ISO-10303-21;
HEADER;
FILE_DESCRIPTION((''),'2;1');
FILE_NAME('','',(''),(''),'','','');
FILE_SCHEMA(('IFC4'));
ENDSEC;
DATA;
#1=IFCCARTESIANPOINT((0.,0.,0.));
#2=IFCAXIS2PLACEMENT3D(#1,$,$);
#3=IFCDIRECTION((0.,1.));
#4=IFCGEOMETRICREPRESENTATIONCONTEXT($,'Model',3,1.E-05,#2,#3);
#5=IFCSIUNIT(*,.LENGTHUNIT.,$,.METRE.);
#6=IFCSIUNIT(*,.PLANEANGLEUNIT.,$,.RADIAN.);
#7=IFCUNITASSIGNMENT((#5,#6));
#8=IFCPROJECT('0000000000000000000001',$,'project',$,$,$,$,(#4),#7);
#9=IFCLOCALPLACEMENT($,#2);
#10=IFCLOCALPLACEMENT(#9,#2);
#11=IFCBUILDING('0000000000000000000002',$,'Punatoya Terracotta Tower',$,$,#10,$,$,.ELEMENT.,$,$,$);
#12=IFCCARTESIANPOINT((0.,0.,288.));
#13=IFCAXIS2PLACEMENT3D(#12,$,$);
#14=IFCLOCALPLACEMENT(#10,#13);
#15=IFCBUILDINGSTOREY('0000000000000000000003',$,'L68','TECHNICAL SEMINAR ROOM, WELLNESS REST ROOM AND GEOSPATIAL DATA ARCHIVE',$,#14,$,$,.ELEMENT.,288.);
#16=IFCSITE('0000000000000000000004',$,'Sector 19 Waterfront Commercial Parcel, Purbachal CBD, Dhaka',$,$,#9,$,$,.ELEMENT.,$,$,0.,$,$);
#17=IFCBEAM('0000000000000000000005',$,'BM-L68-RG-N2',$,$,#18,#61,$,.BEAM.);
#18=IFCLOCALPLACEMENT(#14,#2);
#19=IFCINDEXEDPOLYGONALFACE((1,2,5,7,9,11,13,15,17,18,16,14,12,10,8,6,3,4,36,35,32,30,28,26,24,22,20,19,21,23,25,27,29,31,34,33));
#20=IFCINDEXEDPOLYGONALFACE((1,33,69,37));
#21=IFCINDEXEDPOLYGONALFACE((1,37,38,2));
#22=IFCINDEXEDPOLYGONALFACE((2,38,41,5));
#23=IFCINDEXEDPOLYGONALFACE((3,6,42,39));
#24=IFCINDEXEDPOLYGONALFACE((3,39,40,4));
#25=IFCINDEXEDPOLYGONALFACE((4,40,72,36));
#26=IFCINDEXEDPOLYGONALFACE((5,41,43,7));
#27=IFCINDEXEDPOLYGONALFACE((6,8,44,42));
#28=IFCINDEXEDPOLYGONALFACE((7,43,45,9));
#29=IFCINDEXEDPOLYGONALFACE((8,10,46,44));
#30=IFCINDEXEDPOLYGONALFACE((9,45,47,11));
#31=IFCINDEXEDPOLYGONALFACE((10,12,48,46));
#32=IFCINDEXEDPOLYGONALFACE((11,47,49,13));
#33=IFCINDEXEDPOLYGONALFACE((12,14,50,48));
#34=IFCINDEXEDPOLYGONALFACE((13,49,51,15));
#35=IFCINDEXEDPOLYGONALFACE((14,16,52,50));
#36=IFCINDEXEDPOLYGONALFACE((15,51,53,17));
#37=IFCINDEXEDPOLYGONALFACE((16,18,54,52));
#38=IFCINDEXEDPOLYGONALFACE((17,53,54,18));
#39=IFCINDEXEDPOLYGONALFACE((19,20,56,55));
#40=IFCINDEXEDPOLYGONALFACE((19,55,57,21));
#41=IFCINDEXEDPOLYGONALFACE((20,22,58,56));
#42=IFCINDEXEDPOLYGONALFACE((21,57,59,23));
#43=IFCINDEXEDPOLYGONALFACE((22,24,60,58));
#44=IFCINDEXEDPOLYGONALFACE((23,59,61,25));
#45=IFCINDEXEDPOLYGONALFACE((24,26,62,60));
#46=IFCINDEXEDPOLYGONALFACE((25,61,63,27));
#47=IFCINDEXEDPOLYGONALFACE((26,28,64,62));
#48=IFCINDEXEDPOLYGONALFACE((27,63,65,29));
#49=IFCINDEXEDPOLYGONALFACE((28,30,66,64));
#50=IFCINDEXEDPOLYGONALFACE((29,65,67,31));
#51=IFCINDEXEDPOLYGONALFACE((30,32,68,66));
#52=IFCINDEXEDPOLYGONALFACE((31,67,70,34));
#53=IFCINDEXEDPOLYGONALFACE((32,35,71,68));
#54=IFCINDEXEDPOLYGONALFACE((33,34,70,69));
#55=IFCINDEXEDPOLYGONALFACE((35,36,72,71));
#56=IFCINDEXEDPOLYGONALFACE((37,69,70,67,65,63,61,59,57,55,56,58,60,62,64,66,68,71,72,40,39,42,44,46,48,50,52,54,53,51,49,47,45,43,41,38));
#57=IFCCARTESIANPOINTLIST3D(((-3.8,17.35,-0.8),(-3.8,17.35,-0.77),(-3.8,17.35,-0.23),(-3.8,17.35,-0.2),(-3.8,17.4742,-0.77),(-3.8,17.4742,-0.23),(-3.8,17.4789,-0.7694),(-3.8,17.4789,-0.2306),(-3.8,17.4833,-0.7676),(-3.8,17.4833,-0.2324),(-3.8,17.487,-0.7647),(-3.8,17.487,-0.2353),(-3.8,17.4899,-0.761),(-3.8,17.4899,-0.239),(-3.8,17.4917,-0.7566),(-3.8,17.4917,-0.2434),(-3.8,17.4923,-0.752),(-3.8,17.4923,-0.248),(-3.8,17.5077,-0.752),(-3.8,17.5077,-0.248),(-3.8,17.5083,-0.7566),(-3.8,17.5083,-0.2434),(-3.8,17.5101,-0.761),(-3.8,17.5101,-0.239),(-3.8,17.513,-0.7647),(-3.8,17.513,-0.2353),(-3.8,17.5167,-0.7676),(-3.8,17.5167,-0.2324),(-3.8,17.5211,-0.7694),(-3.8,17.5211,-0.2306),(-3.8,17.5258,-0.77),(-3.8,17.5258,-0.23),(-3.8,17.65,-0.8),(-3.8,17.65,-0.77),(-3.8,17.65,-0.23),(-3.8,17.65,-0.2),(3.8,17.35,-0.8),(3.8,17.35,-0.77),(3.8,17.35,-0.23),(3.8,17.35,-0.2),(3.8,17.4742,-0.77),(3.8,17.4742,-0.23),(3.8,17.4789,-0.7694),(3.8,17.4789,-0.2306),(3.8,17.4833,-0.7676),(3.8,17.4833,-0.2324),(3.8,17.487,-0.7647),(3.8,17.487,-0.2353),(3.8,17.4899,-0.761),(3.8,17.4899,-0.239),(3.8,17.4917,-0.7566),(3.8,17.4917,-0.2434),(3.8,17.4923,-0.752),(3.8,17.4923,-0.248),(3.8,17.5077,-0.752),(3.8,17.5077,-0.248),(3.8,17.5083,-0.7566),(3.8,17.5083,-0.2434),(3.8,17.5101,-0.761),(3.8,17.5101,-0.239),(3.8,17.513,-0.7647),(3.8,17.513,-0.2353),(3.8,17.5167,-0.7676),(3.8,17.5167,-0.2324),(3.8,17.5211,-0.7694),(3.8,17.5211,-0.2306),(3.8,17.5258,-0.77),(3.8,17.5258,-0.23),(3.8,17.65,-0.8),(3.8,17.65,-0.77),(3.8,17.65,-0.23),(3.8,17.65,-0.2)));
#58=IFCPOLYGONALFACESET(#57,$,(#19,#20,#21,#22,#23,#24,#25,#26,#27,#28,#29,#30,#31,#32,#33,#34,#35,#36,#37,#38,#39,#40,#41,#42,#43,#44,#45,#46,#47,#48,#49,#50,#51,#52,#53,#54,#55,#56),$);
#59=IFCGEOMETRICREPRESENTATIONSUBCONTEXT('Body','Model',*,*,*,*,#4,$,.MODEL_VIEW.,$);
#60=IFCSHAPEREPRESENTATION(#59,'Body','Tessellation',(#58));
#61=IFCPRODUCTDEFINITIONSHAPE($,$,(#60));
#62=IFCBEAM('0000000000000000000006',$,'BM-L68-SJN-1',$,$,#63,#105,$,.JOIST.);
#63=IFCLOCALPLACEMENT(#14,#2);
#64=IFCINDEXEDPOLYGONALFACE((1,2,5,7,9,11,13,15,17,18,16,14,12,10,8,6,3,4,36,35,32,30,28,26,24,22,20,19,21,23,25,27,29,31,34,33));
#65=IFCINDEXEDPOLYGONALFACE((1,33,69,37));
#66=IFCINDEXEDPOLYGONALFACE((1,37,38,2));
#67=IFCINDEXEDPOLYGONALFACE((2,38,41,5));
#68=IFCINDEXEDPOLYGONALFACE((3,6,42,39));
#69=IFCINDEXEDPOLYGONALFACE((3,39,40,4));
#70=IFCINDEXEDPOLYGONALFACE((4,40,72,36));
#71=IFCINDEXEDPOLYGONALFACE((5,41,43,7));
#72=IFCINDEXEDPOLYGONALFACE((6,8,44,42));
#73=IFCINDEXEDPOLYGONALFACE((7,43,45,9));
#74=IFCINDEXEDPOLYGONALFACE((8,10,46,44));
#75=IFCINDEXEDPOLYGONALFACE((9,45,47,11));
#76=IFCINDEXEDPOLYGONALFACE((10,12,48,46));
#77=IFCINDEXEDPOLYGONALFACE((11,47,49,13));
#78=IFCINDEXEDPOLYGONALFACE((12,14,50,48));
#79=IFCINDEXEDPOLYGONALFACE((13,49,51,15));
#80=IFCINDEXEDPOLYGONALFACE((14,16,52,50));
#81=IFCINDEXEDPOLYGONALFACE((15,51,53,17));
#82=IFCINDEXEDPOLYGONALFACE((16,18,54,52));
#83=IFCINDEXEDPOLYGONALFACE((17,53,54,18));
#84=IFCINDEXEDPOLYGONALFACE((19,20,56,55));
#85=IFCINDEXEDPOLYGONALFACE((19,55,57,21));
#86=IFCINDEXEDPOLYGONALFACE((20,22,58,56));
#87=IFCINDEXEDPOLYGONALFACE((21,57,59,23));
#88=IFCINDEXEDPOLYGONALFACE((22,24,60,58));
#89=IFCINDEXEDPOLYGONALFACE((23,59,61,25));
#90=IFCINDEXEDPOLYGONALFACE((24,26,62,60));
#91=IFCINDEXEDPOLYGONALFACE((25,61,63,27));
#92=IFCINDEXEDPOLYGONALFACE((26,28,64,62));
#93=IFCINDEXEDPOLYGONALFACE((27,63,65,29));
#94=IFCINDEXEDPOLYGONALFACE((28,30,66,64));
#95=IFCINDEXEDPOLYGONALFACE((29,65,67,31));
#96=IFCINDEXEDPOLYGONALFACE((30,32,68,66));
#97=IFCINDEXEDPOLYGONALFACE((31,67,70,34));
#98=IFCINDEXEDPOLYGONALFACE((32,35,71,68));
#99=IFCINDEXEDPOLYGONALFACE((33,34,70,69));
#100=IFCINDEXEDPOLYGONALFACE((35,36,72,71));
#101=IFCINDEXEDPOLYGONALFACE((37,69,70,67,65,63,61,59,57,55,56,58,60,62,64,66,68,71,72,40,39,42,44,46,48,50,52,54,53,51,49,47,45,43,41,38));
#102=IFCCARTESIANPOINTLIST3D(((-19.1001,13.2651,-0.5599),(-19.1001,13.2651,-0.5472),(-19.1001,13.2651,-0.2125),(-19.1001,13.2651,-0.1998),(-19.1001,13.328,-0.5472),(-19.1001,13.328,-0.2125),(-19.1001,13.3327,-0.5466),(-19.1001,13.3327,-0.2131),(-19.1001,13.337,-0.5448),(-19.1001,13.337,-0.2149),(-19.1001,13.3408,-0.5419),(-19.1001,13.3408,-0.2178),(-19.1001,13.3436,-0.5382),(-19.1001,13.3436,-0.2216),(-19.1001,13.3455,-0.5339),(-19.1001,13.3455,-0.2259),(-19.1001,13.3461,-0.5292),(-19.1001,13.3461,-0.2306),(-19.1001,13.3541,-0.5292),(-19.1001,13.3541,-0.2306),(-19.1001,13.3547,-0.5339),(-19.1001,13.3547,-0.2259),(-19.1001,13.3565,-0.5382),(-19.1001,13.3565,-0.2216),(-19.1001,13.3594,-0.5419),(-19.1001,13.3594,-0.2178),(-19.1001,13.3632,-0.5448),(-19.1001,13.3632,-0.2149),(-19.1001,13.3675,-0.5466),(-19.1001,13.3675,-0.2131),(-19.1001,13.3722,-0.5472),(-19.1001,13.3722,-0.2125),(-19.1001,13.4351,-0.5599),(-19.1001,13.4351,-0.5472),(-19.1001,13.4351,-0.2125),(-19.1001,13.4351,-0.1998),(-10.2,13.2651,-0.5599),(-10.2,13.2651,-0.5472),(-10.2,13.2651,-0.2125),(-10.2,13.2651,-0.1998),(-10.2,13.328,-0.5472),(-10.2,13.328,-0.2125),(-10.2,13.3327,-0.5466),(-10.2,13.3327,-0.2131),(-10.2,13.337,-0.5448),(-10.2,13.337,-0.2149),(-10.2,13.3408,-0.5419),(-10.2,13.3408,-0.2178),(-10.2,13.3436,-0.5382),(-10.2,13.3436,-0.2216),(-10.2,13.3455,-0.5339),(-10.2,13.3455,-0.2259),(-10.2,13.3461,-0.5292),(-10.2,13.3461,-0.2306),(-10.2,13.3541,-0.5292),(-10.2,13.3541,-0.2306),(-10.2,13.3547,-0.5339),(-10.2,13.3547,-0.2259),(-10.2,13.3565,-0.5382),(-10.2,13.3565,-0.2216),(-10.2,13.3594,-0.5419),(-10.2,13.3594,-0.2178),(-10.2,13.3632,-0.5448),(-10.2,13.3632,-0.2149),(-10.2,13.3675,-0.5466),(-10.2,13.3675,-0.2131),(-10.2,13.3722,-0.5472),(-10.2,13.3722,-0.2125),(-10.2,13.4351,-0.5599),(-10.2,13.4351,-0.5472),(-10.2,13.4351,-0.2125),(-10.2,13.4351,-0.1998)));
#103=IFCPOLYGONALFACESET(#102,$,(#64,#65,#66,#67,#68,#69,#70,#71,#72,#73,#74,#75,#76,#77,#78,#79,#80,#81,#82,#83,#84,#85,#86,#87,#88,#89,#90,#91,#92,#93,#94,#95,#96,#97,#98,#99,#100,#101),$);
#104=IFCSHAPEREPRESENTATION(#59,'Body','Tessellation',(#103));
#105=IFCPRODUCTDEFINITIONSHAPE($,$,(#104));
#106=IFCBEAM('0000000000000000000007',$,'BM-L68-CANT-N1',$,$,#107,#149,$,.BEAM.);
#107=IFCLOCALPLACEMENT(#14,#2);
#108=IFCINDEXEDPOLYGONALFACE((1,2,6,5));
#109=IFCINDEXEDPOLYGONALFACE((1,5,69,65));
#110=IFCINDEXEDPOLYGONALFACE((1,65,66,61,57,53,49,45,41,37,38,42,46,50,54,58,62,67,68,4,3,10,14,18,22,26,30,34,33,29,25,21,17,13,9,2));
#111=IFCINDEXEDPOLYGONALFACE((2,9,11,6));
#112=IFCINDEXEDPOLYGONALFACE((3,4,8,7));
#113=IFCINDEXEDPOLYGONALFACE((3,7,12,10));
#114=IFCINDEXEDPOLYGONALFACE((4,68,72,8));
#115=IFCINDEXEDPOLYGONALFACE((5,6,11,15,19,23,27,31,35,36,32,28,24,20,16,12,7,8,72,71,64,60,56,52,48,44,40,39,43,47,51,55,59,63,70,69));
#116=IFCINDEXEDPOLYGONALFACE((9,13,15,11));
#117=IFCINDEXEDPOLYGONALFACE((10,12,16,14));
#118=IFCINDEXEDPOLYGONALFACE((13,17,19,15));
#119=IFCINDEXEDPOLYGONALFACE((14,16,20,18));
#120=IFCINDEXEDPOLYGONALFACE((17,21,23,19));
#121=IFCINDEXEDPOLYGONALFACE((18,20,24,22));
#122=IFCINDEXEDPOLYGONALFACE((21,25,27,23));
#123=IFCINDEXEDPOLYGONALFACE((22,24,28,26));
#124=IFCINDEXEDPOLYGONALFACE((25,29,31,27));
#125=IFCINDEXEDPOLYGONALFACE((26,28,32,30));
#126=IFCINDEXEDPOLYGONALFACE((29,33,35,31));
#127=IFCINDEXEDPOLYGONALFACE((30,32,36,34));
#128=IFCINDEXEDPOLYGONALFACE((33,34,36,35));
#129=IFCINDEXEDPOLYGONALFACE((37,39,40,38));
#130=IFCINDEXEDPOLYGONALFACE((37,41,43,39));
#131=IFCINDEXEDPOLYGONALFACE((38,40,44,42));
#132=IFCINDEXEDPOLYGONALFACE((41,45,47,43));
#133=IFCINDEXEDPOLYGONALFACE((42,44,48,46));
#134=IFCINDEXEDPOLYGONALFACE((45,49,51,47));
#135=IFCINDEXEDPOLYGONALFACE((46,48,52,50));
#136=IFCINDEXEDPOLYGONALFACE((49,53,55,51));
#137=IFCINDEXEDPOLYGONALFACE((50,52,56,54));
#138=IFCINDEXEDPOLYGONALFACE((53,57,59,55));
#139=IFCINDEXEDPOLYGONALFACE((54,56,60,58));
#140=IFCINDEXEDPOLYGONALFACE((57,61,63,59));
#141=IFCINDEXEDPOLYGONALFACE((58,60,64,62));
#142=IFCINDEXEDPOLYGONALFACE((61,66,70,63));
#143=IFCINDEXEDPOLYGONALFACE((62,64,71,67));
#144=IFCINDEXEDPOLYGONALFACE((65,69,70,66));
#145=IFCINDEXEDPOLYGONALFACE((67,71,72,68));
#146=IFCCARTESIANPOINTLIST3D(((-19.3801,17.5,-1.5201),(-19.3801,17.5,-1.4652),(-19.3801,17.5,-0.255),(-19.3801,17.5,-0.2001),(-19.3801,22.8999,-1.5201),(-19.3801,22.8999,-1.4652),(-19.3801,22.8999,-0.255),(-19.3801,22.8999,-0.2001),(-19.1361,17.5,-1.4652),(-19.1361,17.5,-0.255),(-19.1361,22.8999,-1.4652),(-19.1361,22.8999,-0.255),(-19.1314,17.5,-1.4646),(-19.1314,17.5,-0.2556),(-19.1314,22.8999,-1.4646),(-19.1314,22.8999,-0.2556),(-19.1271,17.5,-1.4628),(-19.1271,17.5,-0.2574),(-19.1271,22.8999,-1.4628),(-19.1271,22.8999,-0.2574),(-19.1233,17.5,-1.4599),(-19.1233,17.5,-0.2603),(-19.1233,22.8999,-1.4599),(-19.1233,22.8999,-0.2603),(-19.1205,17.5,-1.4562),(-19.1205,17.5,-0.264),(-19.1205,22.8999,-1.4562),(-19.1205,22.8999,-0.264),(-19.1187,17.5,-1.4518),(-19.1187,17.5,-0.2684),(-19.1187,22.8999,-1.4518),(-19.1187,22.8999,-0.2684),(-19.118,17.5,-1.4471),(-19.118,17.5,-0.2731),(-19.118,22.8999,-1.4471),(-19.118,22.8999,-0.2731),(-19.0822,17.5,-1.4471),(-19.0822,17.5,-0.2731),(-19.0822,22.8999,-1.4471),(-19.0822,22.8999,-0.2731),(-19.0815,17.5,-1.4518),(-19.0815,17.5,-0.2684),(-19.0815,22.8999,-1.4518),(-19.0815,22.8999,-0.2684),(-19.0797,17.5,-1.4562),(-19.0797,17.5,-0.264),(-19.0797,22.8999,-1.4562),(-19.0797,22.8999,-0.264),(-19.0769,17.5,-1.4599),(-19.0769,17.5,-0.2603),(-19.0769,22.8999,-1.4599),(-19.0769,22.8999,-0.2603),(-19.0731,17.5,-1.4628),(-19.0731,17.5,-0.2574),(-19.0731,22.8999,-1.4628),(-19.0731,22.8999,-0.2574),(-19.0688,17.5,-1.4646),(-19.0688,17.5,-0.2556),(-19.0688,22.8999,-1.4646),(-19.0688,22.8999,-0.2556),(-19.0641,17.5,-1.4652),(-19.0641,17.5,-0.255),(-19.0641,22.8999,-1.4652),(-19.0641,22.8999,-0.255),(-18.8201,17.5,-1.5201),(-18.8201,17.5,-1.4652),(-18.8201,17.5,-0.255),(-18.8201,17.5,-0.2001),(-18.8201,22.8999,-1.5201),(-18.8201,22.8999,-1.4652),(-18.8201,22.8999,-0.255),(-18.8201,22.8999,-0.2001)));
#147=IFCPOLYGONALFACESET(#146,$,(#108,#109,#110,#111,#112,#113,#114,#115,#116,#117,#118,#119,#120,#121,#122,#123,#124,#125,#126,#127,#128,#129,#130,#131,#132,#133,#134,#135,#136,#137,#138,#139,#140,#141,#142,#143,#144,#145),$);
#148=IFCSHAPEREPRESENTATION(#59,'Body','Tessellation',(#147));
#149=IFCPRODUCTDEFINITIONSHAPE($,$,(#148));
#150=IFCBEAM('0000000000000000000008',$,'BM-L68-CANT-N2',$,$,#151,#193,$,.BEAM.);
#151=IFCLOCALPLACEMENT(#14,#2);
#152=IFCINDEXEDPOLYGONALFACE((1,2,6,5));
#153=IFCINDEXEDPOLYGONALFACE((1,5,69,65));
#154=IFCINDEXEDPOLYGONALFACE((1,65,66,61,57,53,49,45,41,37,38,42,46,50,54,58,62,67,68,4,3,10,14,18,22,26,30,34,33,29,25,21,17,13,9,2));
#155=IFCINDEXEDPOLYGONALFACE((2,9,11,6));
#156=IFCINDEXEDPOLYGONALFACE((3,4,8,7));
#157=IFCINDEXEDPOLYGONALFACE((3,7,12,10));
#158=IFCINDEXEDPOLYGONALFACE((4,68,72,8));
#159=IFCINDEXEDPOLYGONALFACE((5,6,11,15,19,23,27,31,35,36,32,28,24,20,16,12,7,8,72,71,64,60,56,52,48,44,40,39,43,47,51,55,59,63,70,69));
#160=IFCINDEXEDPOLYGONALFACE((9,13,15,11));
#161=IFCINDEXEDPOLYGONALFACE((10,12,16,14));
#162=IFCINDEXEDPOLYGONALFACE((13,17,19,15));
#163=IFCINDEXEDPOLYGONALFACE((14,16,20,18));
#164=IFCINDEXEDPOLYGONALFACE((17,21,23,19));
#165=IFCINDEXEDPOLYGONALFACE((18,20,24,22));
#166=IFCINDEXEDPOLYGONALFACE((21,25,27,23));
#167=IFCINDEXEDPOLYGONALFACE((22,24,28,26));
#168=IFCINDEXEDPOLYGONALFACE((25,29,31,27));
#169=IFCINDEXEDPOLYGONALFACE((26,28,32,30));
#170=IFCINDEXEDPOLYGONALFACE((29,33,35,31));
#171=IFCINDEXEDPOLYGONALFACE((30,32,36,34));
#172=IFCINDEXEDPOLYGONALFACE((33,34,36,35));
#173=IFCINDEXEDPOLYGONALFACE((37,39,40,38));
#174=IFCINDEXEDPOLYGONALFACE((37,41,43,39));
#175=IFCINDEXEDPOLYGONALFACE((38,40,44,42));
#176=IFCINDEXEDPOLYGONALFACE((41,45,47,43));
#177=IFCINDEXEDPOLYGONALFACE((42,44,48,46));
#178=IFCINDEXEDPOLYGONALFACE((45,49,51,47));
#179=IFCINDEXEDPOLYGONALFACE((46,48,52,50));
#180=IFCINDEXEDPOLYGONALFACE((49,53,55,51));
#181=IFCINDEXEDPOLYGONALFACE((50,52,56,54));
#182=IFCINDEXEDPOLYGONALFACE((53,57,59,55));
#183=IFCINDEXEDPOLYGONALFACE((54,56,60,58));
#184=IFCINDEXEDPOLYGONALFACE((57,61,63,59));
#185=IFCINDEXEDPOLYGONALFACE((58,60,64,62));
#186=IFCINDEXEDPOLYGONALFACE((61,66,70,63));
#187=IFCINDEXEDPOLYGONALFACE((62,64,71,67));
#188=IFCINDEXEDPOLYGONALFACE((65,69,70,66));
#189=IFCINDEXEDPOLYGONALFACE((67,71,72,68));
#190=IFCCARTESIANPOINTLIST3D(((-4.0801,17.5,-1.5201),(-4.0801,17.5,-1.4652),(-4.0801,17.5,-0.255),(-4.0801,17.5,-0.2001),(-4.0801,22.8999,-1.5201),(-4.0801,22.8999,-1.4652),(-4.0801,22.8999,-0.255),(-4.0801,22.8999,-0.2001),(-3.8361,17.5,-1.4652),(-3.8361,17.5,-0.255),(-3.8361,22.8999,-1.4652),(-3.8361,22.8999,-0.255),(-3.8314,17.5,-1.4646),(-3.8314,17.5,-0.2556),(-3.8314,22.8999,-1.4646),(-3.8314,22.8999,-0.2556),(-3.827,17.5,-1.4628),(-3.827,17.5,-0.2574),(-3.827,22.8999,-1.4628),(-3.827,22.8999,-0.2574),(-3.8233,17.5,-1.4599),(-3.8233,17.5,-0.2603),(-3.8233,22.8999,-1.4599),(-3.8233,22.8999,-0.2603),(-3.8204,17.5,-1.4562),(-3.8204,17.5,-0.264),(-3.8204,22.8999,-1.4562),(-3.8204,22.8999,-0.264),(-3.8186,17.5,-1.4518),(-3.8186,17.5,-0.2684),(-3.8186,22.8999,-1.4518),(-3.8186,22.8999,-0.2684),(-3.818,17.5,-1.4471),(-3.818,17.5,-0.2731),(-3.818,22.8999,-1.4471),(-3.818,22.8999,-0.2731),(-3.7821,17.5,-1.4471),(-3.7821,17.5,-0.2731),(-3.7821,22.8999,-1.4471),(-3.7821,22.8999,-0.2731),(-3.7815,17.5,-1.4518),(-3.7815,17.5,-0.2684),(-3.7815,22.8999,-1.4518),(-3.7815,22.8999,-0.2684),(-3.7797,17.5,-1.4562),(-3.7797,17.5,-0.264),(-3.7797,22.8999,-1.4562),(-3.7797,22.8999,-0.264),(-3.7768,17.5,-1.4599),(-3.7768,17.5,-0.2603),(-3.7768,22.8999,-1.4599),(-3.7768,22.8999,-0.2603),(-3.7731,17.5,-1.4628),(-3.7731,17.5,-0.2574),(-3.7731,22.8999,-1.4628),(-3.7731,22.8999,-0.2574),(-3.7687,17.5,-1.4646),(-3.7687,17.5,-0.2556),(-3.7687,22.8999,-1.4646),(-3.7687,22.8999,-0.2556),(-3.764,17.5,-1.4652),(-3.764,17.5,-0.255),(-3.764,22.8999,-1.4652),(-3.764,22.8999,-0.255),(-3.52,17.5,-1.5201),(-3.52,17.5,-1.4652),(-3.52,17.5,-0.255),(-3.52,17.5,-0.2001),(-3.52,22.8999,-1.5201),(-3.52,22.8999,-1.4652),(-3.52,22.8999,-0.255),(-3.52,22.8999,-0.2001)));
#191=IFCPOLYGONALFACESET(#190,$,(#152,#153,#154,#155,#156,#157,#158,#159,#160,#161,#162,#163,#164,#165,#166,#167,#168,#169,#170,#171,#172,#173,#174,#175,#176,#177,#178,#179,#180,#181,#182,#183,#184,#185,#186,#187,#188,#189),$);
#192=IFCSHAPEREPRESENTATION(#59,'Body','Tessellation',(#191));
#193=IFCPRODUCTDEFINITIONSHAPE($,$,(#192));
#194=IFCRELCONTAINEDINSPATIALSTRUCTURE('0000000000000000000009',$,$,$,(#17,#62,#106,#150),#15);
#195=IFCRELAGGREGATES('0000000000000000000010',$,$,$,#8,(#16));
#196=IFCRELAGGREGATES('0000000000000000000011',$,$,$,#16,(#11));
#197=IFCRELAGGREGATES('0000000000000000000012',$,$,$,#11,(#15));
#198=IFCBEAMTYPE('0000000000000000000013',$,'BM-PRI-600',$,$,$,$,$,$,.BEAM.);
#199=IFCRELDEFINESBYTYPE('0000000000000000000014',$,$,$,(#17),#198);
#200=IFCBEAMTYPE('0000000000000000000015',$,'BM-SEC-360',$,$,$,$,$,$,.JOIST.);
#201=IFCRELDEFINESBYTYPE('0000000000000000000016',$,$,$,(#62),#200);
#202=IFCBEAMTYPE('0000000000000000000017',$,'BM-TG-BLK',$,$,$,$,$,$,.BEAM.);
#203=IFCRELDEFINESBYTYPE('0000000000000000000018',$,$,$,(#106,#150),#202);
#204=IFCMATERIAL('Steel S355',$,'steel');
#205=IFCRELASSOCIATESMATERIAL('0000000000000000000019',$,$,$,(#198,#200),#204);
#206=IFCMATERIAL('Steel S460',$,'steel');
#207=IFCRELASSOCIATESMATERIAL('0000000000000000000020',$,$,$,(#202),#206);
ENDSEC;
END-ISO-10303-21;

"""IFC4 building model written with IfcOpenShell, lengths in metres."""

from ifc_helpers import new_model, si_unit, direction, frame, origin, origin_2d, place, context, subcontext, project, spatial, i_section, extrude, material, material_profile, profile_set, type_object, element, save


model = new_model("IFC4")

# Units and contexts
model_context = context("Model", 3, precision=1e-05, world=origin(), true_north=direction((0.0, 1.0)))
body_context = subcontext(model_context, "Body", "Model", "MODEL_VIEW")
ifc_project = project(units=[si_unit("LENGTHUNIT", "METRE"), si_unit("PLANEANGLEUNIT", "RADIAN")], contexts=[model_context])

# Site, building, storey
site_placement = place(None, origin())
site = spatial("IfcSite", under=ifc_project, at=site_placement, Name="Sector 19 Waterfront Commercial Parcel, Purbachal CBD, Dhaka", CompositionType="ELEMENT", RefElevation=0.0)
building_placement = place(site_placement, origin())
building = spatial("IfcBuilding", under=site, at=building_placement, Name="Punatoya Terracotta Tower", CompositionType="ELEMENT")
storey_placement = place(building_placement, frame((0.0, 0.0, 288.0)))
storey = spatial("IfcBuildingStorey", under=building, at=storey_placement, Name="L68", Description="TECHNICAL SEMINAR ROOM, WELLNESS REST ROOM AND GEOSPATIAL DATA ARCHIVE", CompositionType="ELEMENT", Elevation=288.0)

# Shared definitions
ifc_material_1 = material(Name="Steel S460", Category="steel")

# Beams
ifc_material_2 = material(Name="Steel S355", Category="steel")
ifc_material_profile_1 = material_profile(ifc_material_2, i_section(OverallWidth=0.3, OverallDepth=0.6001, WebThickness=0.0154, FlangeThickness=0.03, FilletRadius=0.0181, at=origin_2d()))
ifc_profile_set_1 = profile_set([ifc_material_profile_1], Name="Steel S355")
beam_type_1 = type_object("IfcBeamType", Name="BM-PRI-600", PredefinedType="BEAM", material=ifc_profile_set_1)
beam_1_placement = place(storey_placement, frame((-3.8, 17.5, -0.5), z_axis=(1.0, 0.0, 0.0), x_axis=(0.0, 1.0, 0.0)))
element("IfcBeam", 1, at=beam_1_placement, inside=storey, type_object=beam_type_1, Name="BM-L68-RG-N2", PredefinedType="BEAM", context=body_context, shape_type="SweptSolid", body=[
    extrude(i_section(OverallWidth=0.3, OverallDepth=0.6001, WebThickness=0.0154, FlangeThickness=0.03, FilletRadius=0.0181, at=origin_2d()), origin(), (0.0, 0.0, 1.0), 7.6001),
])
ifc_material_profile_2 = material_profile(ifc_material_2, i_section(OverallWidth=0.1699, OverallDepth=0.3601, WebThickness=0.0081, FlangeThickness=0.0127, FilletRadius=0.0181, at=origin_2d()))
ifc_profile_set_2 = profile_set([ifc_material_profile_2], Name="Steel S355")
beam_type_2 = type_object("IfcBeamType", Name="BM-SEC-360", PredefinedType="JOIST", material=ifc_profile_set_2)
beam_2_placement = place(storey_placement, frame((-19.1001, 13.3501, -0.3799), z_axis=(1.0, 0.0, 0.0), x_axis=(0.0, 1.0, 0.0)))
element("IfcBeam", 2, at=beam_2_placement, inside=storey, type_object=beam_type_2, Name="BM-L68-SJN-1", PredefinedType="JOIST", context=body_context, shape_type="SweptSolid", body=[
    extrude(i_section(OverallWidth=0.1699, OverallDepth=0.3601, WebThickness=0.0081, FlangeThickness=0.0127, FilletRadius=0.0181, at=origin_2d()), origin(), (0.0, 0.0, 1.0), 8.9001),
])
ifc_material_profile_3 = material_profile(ifc_material_1, i_section(OverallWidth=0.5601, OverallDepth=1.3201, WebThickness=0.0359, FlangeThickness=0.0549, FilletRadius=0.0181, at=origin_2d()))
ifc_profile_set_3 = profile_set([ifc_material_profile_3], Name="Steel S460")
beam_type_3 = type_object("IfcBeamType", Name="BM-TG-BLK", PredefinedType="BEAM", material=ifc_profile_set_3)
for number, where, z_axis, x_axis, name in (
    (3, (-19.1001, 17.5, -0.8601), (0.0, 1.0, 0.0), (-1.0, 0.0, 0.0), "BM-L68-CANT-N1"),
    (4, (-3.8, 17.5, -0.8601), (0.0, 1.0, 0.0), (-1.0, 0.0, 0.0), "BM-L68-CANT-N2"),
):
    element("IfcBeam", number, at=place(storey_placement, frame(where, z_axis=z_axis, x_axis=x_axis)), inside=storey, type_object=beam_type_3, Name=name, PredefinedType="BEAM", context=body_context, shape_type="SweptSolid", body=[
        extrude(i_section(OverallWidth=0.5601, OverallDepth=1.3201, WebThickness=0.0359, FlangeThickness=0.0549, FilletRadius=0.0181, at=origin_2d()), origin(), (0.0, 0.0, 1.0), 5.3999),
    ])

save(model, "model.ifc")
